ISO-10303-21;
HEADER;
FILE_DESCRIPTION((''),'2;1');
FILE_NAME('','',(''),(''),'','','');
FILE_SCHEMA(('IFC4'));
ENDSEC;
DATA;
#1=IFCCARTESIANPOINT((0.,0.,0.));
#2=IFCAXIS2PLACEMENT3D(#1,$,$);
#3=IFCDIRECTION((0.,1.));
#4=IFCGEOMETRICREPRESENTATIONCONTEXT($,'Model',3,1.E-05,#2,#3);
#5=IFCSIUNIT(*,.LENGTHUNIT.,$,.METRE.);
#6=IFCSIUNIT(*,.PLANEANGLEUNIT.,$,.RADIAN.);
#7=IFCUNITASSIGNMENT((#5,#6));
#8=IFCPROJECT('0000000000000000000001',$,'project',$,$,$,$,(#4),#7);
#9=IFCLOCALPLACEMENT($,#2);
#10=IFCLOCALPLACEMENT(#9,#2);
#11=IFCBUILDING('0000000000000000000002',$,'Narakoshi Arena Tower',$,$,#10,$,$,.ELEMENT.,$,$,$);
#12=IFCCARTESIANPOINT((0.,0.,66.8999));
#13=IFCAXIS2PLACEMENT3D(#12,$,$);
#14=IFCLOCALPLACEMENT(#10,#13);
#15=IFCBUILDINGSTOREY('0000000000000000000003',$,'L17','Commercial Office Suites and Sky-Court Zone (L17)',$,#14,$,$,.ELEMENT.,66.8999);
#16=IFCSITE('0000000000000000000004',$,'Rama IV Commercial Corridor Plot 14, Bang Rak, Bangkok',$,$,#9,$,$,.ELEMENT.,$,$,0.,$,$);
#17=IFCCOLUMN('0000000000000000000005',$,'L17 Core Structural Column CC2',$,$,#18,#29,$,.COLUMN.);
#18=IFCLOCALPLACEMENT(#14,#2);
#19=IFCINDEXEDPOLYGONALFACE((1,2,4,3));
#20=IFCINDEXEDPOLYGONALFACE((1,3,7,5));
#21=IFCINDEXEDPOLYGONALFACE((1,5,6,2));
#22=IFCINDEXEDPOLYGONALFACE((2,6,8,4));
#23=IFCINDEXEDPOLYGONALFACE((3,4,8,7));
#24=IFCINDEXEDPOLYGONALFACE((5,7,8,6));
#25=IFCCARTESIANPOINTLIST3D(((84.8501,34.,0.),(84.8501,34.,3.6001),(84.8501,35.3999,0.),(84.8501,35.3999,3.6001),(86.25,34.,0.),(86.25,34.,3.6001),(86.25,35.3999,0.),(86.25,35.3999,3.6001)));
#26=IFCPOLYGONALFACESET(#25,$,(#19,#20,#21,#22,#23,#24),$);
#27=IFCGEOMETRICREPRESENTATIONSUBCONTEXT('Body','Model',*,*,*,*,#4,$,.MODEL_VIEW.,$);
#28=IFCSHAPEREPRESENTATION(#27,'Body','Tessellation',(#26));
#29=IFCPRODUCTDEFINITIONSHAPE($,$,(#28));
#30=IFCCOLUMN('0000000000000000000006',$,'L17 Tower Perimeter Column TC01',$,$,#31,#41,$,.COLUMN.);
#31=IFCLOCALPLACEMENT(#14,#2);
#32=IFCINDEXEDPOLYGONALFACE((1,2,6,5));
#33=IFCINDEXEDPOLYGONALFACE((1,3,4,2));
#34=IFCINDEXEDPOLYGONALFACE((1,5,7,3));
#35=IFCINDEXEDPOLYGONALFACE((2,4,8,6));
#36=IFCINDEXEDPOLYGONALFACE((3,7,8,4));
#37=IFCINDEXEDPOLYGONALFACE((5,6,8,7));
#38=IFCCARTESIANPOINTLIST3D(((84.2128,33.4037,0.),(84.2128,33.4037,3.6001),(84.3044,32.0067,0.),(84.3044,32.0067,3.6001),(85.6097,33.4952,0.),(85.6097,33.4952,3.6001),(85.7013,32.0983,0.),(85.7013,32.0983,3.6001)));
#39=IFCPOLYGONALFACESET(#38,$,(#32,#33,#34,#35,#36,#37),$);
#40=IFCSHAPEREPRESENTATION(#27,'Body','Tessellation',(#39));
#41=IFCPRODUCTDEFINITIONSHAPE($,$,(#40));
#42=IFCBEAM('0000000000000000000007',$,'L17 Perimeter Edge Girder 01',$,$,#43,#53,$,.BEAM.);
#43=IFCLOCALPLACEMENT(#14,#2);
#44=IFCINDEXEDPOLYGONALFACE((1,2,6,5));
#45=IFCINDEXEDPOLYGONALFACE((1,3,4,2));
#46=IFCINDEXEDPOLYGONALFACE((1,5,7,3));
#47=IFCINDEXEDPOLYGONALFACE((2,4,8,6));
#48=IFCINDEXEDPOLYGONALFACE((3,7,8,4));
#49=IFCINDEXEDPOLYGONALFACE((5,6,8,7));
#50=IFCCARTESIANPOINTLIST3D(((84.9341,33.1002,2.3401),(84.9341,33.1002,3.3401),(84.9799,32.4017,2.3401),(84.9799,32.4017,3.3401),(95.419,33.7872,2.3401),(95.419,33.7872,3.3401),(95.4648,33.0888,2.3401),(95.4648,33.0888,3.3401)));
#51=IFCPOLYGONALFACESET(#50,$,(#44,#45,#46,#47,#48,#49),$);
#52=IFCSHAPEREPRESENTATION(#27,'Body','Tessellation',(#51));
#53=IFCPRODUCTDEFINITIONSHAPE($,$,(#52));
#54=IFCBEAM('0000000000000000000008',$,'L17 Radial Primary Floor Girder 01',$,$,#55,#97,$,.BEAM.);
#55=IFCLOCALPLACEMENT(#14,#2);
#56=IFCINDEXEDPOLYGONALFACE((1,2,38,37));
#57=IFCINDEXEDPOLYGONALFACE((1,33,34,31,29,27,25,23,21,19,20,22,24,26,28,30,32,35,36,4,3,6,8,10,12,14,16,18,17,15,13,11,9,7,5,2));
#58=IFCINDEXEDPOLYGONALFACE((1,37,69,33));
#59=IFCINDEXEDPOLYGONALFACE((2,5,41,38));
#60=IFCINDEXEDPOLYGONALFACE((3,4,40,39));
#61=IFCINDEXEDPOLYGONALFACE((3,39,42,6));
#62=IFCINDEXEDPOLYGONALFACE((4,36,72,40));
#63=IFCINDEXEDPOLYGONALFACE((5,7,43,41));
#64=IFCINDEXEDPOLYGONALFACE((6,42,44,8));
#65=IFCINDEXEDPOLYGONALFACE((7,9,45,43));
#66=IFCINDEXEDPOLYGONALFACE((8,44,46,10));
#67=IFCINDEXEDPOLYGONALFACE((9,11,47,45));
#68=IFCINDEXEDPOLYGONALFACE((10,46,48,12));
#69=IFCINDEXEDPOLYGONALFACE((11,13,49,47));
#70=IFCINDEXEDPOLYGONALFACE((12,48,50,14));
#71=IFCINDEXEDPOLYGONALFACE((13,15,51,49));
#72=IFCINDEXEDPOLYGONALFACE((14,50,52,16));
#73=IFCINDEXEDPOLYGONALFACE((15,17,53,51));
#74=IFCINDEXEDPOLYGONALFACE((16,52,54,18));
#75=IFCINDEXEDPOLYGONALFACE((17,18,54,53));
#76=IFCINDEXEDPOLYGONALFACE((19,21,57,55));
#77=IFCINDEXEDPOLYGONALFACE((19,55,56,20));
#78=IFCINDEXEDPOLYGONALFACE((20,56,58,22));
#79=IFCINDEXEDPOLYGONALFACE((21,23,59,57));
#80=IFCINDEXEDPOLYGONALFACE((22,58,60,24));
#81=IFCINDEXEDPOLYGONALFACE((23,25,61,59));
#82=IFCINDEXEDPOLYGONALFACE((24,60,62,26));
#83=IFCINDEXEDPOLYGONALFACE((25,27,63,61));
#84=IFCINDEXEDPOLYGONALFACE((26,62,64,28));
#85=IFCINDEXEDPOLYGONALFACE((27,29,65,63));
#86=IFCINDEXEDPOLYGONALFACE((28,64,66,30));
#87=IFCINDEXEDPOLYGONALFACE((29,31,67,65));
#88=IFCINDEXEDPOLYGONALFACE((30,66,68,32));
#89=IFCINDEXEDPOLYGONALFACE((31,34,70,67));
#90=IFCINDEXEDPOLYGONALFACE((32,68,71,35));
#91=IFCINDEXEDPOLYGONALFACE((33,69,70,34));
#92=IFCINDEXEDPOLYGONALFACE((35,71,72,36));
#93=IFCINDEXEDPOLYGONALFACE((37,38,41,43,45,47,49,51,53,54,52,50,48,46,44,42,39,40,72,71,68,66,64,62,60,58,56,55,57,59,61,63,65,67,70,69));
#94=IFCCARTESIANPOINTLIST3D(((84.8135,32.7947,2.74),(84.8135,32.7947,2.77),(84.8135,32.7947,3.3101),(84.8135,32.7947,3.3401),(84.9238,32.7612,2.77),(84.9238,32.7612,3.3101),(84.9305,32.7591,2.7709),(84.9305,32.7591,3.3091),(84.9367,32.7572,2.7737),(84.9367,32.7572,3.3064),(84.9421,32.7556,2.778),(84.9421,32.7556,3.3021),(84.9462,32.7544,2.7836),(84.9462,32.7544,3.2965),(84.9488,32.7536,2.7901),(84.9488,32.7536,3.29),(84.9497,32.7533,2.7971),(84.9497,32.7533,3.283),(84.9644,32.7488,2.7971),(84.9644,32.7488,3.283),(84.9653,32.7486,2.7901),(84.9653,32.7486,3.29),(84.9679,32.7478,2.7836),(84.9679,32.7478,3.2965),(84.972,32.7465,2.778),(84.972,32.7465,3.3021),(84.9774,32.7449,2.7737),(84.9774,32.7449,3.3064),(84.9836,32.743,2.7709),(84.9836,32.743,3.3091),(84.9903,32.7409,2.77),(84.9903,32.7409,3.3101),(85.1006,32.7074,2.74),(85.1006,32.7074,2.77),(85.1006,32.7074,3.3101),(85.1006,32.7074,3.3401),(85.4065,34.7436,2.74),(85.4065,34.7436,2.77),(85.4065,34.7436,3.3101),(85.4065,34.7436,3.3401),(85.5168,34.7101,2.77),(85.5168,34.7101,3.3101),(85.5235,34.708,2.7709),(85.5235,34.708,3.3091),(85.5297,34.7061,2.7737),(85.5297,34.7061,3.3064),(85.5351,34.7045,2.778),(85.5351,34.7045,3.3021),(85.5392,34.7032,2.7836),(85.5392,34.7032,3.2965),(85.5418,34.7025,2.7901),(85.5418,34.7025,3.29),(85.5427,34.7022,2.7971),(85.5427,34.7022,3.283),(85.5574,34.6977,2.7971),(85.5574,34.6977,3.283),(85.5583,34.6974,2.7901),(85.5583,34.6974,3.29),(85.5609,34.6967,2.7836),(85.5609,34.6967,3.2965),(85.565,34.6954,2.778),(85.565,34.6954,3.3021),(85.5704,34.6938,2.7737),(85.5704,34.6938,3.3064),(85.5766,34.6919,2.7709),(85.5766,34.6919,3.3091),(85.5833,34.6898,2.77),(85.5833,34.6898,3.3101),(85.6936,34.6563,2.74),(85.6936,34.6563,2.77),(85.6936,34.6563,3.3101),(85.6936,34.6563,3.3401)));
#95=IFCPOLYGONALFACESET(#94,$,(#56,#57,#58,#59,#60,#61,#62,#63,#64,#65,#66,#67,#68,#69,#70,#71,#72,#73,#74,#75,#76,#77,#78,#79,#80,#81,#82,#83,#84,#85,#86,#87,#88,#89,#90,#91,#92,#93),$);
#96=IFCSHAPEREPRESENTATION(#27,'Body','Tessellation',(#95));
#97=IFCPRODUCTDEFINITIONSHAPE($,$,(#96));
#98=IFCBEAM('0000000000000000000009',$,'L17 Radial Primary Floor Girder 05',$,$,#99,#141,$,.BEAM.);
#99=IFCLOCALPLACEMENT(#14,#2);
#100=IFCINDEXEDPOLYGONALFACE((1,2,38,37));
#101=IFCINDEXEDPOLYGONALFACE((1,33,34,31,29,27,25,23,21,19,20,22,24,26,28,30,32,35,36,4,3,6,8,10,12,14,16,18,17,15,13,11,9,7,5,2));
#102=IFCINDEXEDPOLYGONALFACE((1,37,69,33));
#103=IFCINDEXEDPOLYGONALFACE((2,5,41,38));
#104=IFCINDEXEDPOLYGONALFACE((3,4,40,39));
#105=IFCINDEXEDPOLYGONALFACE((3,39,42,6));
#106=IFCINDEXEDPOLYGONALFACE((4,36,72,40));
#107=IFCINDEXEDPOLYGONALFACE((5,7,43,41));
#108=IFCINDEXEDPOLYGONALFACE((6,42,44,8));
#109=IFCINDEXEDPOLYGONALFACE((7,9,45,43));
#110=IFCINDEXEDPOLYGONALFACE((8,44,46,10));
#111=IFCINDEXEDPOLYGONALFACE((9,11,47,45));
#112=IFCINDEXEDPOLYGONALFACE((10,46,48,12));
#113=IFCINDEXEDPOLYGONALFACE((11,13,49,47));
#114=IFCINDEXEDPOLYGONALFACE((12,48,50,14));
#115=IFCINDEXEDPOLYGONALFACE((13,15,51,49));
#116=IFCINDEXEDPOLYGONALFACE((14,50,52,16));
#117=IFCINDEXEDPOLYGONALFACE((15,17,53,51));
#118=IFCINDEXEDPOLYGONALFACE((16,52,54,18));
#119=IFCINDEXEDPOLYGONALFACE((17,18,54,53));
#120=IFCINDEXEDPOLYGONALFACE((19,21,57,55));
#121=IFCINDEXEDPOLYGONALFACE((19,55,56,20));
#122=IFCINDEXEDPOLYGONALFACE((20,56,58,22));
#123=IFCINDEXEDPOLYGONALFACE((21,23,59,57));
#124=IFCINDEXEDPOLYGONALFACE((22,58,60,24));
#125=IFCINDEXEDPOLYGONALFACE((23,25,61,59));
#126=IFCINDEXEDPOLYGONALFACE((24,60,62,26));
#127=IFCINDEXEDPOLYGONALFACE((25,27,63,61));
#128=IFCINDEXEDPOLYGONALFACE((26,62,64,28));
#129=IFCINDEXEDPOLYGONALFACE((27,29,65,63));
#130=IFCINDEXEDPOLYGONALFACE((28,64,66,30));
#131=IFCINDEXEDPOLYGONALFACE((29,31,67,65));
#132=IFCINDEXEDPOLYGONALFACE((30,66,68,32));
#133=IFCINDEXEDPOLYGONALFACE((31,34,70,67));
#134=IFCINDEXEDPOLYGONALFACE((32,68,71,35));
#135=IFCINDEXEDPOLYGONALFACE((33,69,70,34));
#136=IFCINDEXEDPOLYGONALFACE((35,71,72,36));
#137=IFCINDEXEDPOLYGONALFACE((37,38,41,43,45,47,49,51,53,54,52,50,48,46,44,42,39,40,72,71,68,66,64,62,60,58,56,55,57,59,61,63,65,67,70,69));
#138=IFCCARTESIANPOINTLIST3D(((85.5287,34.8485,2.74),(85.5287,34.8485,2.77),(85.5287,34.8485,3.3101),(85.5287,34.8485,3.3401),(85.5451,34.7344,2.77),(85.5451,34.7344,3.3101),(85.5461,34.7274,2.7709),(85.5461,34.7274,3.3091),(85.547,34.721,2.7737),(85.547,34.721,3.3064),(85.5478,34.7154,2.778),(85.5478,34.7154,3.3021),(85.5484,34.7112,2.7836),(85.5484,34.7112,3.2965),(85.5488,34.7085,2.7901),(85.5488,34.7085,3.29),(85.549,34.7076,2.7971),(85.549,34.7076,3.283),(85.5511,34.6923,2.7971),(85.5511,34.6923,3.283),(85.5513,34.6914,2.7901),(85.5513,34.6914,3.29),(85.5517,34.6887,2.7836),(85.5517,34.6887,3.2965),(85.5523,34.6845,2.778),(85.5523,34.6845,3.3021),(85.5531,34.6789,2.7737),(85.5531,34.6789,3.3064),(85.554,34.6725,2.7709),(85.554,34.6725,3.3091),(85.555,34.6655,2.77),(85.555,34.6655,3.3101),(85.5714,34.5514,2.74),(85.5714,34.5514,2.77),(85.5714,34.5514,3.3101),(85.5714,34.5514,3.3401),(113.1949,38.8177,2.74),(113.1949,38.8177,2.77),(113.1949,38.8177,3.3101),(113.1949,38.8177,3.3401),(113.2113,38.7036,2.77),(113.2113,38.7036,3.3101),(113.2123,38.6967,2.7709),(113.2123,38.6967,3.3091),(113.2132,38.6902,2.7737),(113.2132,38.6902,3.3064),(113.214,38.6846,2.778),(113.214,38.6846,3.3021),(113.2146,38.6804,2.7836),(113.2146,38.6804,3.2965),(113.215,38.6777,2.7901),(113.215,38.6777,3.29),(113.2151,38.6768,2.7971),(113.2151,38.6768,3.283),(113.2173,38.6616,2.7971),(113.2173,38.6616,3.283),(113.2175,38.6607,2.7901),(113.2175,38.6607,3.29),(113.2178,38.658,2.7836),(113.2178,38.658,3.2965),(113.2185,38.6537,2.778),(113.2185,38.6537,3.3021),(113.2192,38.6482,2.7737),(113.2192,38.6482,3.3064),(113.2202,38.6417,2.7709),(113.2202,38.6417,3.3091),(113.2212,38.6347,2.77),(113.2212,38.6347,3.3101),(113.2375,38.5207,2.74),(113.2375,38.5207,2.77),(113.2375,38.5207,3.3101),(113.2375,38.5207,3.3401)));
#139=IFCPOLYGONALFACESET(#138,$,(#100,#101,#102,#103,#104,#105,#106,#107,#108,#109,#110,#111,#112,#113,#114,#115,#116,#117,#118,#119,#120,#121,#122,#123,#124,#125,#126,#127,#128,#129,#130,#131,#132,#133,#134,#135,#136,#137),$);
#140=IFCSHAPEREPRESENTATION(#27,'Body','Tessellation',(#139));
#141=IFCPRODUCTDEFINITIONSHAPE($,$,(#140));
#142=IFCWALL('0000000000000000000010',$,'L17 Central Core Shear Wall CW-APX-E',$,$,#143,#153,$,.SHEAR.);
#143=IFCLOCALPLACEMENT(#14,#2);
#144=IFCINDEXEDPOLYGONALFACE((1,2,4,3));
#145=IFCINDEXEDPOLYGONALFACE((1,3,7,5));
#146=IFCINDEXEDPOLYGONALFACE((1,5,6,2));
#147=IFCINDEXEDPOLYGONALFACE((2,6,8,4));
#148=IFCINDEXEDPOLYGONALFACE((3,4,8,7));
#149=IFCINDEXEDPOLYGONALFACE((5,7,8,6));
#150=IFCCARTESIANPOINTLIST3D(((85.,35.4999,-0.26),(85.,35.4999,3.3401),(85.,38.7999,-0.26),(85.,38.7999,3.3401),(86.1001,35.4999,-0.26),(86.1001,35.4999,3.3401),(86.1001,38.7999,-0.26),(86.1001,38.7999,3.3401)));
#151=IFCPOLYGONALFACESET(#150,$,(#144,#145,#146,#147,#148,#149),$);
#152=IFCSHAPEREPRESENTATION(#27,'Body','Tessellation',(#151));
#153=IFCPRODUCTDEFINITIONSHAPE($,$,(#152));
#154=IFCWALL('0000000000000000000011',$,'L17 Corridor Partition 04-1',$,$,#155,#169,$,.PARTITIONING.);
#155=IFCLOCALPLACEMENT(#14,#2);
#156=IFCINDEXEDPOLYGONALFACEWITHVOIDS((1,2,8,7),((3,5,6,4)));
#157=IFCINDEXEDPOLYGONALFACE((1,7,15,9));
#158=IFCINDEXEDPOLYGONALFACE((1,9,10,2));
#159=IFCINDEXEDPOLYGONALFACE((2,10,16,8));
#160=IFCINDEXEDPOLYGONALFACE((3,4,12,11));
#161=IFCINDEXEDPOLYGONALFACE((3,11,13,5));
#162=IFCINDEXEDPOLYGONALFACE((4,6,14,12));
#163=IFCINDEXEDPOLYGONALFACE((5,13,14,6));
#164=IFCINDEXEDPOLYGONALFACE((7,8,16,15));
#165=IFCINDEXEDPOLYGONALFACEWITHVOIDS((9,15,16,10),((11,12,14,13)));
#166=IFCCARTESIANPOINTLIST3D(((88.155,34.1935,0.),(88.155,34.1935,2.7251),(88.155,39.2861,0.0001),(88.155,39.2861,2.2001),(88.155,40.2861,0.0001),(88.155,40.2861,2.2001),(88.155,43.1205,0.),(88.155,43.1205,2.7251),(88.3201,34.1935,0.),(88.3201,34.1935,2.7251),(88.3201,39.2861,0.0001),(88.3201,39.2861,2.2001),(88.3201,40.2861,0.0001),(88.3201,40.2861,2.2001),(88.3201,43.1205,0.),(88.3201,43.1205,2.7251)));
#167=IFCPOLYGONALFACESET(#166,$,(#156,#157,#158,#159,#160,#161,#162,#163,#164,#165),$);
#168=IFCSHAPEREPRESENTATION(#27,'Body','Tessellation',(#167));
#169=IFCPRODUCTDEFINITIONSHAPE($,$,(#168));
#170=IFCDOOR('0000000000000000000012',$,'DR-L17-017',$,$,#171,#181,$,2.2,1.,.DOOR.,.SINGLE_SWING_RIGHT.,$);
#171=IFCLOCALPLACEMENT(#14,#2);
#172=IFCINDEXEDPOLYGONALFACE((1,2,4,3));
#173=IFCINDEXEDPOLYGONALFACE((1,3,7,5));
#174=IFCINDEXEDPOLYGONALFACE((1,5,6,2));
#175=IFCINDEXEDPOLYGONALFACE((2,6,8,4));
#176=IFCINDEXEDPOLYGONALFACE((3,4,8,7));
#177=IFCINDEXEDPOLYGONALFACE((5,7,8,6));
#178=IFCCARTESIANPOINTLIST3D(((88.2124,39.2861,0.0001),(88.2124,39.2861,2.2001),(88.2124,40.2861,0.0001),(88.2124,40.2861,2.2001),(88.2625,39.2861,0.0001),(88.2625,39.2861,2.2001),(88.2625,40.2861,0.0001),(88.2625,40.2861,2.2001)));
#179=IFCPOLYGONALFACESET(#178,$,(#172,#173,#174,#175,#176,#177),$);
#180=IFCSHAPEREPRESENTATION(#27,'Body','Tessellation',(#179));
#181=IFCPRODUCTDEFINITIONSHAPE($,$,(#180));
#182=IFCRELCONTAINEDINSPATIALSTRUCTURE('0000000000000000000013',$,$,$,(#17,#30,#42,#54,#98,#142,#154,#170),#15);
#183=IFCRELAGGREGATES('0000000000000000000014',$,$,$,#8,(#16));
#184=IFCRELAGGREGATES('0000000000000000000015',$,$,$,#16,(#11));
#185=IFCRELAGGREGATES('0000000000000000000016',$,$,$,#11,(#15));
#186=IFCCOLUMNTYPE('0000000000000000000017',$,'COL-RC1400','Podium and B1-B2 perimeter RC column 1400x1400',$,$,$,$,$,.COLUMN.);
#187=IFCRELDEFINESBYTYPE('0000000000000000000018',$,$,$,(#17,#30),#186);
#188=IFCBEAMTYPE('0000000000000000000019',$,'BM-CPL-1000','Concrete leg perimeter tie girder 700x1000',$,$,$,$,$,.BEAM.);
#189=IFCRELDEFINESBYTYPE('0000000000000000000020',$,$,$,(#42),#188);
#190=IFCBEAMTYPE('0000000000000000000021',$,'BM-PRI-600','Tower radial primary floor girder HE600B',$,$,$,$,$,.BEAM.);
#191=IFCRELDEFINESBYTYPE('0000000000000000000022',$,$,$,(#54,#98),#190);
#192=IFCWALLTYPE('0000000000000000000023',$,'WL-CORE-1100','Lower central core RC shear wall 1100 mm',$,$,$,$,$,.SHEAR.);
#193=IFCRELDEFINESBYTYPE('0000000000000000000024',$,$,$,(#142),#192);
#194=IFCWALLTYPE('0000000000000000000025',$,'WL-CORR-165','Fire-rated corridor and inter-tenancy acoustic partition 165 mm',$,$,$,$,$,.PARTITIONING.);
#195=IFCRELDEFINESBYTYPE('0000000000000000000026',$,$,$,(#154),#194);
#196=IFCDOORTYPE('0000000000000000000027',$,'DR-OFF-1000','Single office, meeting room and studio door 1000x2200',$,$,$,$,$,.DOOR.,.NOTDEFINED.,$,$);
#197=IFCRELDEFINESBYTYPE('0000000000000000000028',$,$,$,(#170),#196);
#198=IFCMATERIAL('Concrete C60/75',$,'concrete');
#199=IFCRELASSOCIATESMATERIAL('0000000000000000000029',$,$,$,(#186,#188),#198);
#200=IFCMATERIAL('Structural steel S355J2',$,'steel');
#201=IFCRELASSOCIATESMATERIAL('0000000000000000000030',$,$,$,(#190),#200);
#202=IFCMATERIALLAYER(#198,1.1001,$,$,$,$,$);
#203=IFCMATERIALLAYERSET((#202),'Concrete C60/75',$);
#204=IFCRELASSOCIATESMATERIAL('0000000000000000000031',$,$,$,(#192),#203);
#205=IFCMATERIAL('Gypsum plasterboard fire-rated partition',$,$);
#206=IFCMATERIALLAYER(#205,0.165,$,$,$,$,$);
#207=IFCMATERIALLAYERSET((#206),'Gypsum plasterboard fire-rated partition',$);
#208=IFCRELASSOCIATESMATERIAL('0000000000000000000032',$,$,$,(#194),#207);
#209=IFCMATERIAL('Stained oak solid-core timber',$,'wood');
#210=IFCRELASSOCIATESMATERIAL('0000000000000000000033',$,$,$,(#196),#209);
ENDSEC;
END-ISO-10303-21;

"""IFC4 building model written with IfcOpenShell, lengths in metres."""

from ifc_helpers import new_model, si_unit, direction, frame, frame_2d, origin, origin_2d, place, context, subcontext, project, spatial, rectangle, i_section, extrude, material, layer, layer_set, material_profile, profile_set, type_object, element, fill, save


model = new_model("IFC4")

# Units and contexts
model_context = context("Model", 3, precision=1e-05, world=origin(), true_north=direction((0.0, 1.0)))
body_context = subcontext(model_context, "Body", "Model", "MODEL_VIEW")
ifc_project = project(units=[si_unit("LENGTHUNIT", "METRE"), si_unit("PLANEANGLEUNIT", "RADIAN")], contexts=[model_context])

# Site, building, storey
site_placement = place(None, origin())
site = spatial("IfcSite", under=ifc_project, at=site_placement, Name="Rama IV Commercial Corridor Plot 14, Bang Rak, Bangkok", CompositionType="ELEMENT", RefElevation=0.0)
building_placement = place(site_placement, origin())
building = spatial("IfcBuilding", under=site, at=building_placement, Name="Narakoshi Arena Tower", CompositionType="ELEMENT")
storey_placement = place(building_placement, frame((0.0, 0.0, 66.8999)))
storey = spatial("IfcBuildingStorey", under=building, at=storey_placement, Name="L17", Description="Commercial Office Suites and Sky-Court Zone (L17)", CompositionType="ELEMENT", Elevation=66.8999)

# Columns
ifc_material_1 = material(Name="Concrete C60/75", Category="concrete")
ifc_material_profile_1 = material_profile(ifc_material_1, rectangle(XDim=1.3999, YDim=1.3999, at=origin_2d()), Name="RC1400x1400")
ifc_profile_set_1 = profile_set([ifc_material_profile_1], Name="Concrete C60/75")
column_type = type_object("IfcColumnType", Name="COL-RC1400", Description="Podium and B1-B2 perimeter RC column 1400x1400", PredefinedType="COLUMN", material=ifc_profile_set_1)
for number, where, z_axis, x_axis, name in (
    (1, (85.55, 34.7, 0.0), (0.0, 0.0, 1.0), (1.0, 0.0, 0.0), "L17 Core Structural Column CC2"),
    (2, (84.957, 32.751, 0.0), (0.0, 0.0, 1.0), (0.997859, 0.065403, 0.0), "L17 Tower Perimeter Column TC01"),
):
    element("IfcColumn", number, at=place(storey_placement, frame(where, z_axis=z_axis, x_axis=x_axis)), inside=storey, type_object=column_type, Name=name, PredefinedType="COLUMN", context=body_context, shape_type="SweptSolid", body=[
        extrude(rectangle(XDim=1.3999, YDim=1.3999, at=origin_2d()), origin(), (0.0, 0.0, 1.0), 3.6001),
    ])

# Beams
ifc_material_profile_2 = material_profile(ifc_material_1, rectangle(XDim=0.7, YDim=1.0, at=origin_2d()), Name="RCB700x1000")
ifc_profile_set_2 = profile_set([ifc_material_profile_2], Name="Concrete C60/75")
beam_type_1 = type_object("IfcBeamType", Name="BM-CPL-1000", Description="Concrete leg perimeter tie girder 700x1000", PredefinedType="BEAM", material=ifc_profile_set_2)
beam_1_placement = place(storey_placement, frame((84.957, 32.751, 2.8401), z_axis=(0.99786, 0.065384, 0.0), x_axis=(-0.065384, 0.99786, 0.0)))
element("IfcBeam", 3, at=beam_1_placement, inside=storey, type_object=beam_type_1, Name="L17 Perimeter Edge Girder 01", PredefinedType="BEAM", context=body_context, shape_type="SweptSolid", body=[
    extrude(rectangle(XDim=0.7, YDim=1.0, at=origin_2d()), origin(), (0.0, 0.0, 1.0), 10.5073),
])
ifc_material_2 = material(Name="Structural steel S355J2", Category="steel")
ifc_material_profile_3 = material_profile(ifc_material_2, i_section(OverallWidth=0.3, OverallDepth=0.6001, WebThickness=0.0154, FlangeThickness=0.03, FilletRadius=0.0271, at=origin_2d()), Name="HE600B")
ifc_profile_set_3 = profile_set([ifc_material_profile_3], Name="Structural steel S355J2")
beam_type_2 = type_object("IfcBeamType", Name="BM-PRI-600", Description="Tower radial primary floor girder HE600B", PredefinedType="BEAM", material=ifc_profile_set_3)
beam_2_placement = place(storey_placement, frame((85.55, 34.7, 3.04), z_axis=(-0.291095, -0.956694, 0.0), x_axis=(0.956694, -0.291095, 0.0)))
element("IfcBeam", 4, at=beam_2_placement, inside=storey, type_object=beam_type_2, Name="L17 Radial Primary Floor Girder 01", PredefinedType="BEAM", context=body_context, shape_type="SweptSolid", body=[
    extrude(i_section(OverallWidth=0.3, OverallDepth=0.6001, WebThickness=0.0154, FlangeThickness=0.03, FilletRadius=0.0271, at=origin_2d()), origin(), (0.0, 0.0, 1.0), 2.0371),
])
beam_3_placement = place(storey_placement, frame((85.55, 34.7, 3.04), z_axis=(0.989865, 0.142014, 0.0), x_axis=(-0.142014, 0.989865, 0.0)))
element("IfcBeam", 5, at=beam_3_placement, inside=storey, type_object=beam_type_2, Name="L17 Radial Primary Floor Girder 05", PredefinedType="BEAM", context=body_context, shape_type="SweptSolid", body=[
    extrude(i_section(OverallWidth=0.3, OverallDepth=0.6001, WebThickness=0.0154, FlangeThickness=0.03, FilletRadius=0.0271, at=origin_2d()), origin(), (0.0, 0.0, 1.0), 27.9495),
])

# Wall
ifc_layer_1 = layer(ifc_material_1, 1.1001)
ifc_layer_set_1 = layer_set([ifc_layer_1], Name="Concrete C60/75")
wall_type_1 = type_object("IfcWallType", Name="WL-CORE-1100", Description="Lower central core RC shear wall 1100 mm", PredefinedType="SHEAR", material=ifc_layer_set_1)
wall_1_placement = place(storey_placement, frame((85.55, 35.5, -0.26), z_axis=(0.0, 0.0, 1.0), x_axis=(0.0, 1.0, 0.0)))
element("IfcWall", 6, at=wall_1_placement, inside=storey, type_object=wall_type_1, Name="L17 Central Core Shear Wall CW-APX-E", PredefinedType="SHEAR", context=body_context, shape_type="SweptSolid", body=[
    extrude(rectangle(XDim=3.3, YDim=1.1001, at=frame_2d((1.6499, 0.0))), origin(), (0.0, 0.0, 1.0), 3.6001),
])

# Wall, opening, door
ifc_material_3 = material(Name="Gypsum plasterboard fire-rated partition")
ifc_layer_2 = layer(ifc_material_3, 0.165)
ifc_layer_set_2 = layer_set([ifc_layer_2], Name="Gypsum plasterboard fire-rated partition")
wall_type_2 = type_object("IfcWallType", Name="WL-CORR-165", Description="Fire-rated corridor and inter-tenancy acoustic partition 165 mm", PredefinedType="PARTITIONING", material=ifc_layer_set_2)
wall_2_placement = place(storey_placement, frame((88.2375, 34.1936, 0.0), z_axis=(0.0, 0.0, 1.0), x_axis=(0.0, 1.0, 0.0)))
wall_2 = element("IfcWall", 7, at=wall_2_placement, inside=storey, type_object=wall_type_2, Name="L17 Corridor Partition 04-1", PredefinedType="PARTITIONING", context=body_context, shape_type="SweptSolid", body=[
    extrude(rectangle(XDim=8.927, YDim=0.165, at=frame_2d((4.4634, 0.0))), origin(), (0.0, 0.0, 1.0), 2.7251),
])
opening_1_placement = place(wall_2_placement, frame((5.0925, 0.0, 0.0)))
opening_1 = element("IfcOpeningElement", 8, at=opening_1_placement, cuts=wall_2, PredefinedType="OPENING", context=body_context, shape_type="SweptSolid", body=[
    extrude(rectangle(XDim=1.0, YDim=2.2, at=frame_2d((0.5, 1.1001))), frame((0.0, 0.0925, 0.0), z_axis=(0.0, -1.0, 0.0), x_axis=(1.0, 0.0, 0.0)), (0.0, 0.0, 1.0), 0.1851),
])
ifc_material_4 = material(Name="Stained oak solid-core timber", Category="wood")
door_type_1 = type_object("IfcDoorType", Name="DR-OFF-1000", Description="Single office, meeting room and studio door 1000x2200", OperationType="NOTDEFINED", PredefinedType="DOOR", material=ifc_material_4)
door_1_placement = place(opening_1_placement, frame((1.0, 0.0, 0.0), z_axis=(0.0, 0.0, 1.0), x_axis=(-1.0, 0.0, 0.0)))
door_1 = element("IfcDoor", 9, at=door_1_placement, inside=storey, type_object=door_type_1, Name="DR-L17-017", OperationType="SINGLE_SWING_RIGHT", OverallHeight=2.2, OverallWidth=1.0, PredefinedType="DOOR", context=body_context, shape_type="SweptSolid", body=[
    extrude(rectangle(XDim=1.0, YDim=2.2, at=frame_2d((0.5, 1.1001))), frame((0.0, 0.0249, 0.0), z_axis=(0.0, -1.0, 0.0), x_axis=(1.0, 0.0, 0.0)), (0.0, 0.0, 1.0), 0.05),
])
fill(opening_1, door_1)

save(model, "model.ifc")
